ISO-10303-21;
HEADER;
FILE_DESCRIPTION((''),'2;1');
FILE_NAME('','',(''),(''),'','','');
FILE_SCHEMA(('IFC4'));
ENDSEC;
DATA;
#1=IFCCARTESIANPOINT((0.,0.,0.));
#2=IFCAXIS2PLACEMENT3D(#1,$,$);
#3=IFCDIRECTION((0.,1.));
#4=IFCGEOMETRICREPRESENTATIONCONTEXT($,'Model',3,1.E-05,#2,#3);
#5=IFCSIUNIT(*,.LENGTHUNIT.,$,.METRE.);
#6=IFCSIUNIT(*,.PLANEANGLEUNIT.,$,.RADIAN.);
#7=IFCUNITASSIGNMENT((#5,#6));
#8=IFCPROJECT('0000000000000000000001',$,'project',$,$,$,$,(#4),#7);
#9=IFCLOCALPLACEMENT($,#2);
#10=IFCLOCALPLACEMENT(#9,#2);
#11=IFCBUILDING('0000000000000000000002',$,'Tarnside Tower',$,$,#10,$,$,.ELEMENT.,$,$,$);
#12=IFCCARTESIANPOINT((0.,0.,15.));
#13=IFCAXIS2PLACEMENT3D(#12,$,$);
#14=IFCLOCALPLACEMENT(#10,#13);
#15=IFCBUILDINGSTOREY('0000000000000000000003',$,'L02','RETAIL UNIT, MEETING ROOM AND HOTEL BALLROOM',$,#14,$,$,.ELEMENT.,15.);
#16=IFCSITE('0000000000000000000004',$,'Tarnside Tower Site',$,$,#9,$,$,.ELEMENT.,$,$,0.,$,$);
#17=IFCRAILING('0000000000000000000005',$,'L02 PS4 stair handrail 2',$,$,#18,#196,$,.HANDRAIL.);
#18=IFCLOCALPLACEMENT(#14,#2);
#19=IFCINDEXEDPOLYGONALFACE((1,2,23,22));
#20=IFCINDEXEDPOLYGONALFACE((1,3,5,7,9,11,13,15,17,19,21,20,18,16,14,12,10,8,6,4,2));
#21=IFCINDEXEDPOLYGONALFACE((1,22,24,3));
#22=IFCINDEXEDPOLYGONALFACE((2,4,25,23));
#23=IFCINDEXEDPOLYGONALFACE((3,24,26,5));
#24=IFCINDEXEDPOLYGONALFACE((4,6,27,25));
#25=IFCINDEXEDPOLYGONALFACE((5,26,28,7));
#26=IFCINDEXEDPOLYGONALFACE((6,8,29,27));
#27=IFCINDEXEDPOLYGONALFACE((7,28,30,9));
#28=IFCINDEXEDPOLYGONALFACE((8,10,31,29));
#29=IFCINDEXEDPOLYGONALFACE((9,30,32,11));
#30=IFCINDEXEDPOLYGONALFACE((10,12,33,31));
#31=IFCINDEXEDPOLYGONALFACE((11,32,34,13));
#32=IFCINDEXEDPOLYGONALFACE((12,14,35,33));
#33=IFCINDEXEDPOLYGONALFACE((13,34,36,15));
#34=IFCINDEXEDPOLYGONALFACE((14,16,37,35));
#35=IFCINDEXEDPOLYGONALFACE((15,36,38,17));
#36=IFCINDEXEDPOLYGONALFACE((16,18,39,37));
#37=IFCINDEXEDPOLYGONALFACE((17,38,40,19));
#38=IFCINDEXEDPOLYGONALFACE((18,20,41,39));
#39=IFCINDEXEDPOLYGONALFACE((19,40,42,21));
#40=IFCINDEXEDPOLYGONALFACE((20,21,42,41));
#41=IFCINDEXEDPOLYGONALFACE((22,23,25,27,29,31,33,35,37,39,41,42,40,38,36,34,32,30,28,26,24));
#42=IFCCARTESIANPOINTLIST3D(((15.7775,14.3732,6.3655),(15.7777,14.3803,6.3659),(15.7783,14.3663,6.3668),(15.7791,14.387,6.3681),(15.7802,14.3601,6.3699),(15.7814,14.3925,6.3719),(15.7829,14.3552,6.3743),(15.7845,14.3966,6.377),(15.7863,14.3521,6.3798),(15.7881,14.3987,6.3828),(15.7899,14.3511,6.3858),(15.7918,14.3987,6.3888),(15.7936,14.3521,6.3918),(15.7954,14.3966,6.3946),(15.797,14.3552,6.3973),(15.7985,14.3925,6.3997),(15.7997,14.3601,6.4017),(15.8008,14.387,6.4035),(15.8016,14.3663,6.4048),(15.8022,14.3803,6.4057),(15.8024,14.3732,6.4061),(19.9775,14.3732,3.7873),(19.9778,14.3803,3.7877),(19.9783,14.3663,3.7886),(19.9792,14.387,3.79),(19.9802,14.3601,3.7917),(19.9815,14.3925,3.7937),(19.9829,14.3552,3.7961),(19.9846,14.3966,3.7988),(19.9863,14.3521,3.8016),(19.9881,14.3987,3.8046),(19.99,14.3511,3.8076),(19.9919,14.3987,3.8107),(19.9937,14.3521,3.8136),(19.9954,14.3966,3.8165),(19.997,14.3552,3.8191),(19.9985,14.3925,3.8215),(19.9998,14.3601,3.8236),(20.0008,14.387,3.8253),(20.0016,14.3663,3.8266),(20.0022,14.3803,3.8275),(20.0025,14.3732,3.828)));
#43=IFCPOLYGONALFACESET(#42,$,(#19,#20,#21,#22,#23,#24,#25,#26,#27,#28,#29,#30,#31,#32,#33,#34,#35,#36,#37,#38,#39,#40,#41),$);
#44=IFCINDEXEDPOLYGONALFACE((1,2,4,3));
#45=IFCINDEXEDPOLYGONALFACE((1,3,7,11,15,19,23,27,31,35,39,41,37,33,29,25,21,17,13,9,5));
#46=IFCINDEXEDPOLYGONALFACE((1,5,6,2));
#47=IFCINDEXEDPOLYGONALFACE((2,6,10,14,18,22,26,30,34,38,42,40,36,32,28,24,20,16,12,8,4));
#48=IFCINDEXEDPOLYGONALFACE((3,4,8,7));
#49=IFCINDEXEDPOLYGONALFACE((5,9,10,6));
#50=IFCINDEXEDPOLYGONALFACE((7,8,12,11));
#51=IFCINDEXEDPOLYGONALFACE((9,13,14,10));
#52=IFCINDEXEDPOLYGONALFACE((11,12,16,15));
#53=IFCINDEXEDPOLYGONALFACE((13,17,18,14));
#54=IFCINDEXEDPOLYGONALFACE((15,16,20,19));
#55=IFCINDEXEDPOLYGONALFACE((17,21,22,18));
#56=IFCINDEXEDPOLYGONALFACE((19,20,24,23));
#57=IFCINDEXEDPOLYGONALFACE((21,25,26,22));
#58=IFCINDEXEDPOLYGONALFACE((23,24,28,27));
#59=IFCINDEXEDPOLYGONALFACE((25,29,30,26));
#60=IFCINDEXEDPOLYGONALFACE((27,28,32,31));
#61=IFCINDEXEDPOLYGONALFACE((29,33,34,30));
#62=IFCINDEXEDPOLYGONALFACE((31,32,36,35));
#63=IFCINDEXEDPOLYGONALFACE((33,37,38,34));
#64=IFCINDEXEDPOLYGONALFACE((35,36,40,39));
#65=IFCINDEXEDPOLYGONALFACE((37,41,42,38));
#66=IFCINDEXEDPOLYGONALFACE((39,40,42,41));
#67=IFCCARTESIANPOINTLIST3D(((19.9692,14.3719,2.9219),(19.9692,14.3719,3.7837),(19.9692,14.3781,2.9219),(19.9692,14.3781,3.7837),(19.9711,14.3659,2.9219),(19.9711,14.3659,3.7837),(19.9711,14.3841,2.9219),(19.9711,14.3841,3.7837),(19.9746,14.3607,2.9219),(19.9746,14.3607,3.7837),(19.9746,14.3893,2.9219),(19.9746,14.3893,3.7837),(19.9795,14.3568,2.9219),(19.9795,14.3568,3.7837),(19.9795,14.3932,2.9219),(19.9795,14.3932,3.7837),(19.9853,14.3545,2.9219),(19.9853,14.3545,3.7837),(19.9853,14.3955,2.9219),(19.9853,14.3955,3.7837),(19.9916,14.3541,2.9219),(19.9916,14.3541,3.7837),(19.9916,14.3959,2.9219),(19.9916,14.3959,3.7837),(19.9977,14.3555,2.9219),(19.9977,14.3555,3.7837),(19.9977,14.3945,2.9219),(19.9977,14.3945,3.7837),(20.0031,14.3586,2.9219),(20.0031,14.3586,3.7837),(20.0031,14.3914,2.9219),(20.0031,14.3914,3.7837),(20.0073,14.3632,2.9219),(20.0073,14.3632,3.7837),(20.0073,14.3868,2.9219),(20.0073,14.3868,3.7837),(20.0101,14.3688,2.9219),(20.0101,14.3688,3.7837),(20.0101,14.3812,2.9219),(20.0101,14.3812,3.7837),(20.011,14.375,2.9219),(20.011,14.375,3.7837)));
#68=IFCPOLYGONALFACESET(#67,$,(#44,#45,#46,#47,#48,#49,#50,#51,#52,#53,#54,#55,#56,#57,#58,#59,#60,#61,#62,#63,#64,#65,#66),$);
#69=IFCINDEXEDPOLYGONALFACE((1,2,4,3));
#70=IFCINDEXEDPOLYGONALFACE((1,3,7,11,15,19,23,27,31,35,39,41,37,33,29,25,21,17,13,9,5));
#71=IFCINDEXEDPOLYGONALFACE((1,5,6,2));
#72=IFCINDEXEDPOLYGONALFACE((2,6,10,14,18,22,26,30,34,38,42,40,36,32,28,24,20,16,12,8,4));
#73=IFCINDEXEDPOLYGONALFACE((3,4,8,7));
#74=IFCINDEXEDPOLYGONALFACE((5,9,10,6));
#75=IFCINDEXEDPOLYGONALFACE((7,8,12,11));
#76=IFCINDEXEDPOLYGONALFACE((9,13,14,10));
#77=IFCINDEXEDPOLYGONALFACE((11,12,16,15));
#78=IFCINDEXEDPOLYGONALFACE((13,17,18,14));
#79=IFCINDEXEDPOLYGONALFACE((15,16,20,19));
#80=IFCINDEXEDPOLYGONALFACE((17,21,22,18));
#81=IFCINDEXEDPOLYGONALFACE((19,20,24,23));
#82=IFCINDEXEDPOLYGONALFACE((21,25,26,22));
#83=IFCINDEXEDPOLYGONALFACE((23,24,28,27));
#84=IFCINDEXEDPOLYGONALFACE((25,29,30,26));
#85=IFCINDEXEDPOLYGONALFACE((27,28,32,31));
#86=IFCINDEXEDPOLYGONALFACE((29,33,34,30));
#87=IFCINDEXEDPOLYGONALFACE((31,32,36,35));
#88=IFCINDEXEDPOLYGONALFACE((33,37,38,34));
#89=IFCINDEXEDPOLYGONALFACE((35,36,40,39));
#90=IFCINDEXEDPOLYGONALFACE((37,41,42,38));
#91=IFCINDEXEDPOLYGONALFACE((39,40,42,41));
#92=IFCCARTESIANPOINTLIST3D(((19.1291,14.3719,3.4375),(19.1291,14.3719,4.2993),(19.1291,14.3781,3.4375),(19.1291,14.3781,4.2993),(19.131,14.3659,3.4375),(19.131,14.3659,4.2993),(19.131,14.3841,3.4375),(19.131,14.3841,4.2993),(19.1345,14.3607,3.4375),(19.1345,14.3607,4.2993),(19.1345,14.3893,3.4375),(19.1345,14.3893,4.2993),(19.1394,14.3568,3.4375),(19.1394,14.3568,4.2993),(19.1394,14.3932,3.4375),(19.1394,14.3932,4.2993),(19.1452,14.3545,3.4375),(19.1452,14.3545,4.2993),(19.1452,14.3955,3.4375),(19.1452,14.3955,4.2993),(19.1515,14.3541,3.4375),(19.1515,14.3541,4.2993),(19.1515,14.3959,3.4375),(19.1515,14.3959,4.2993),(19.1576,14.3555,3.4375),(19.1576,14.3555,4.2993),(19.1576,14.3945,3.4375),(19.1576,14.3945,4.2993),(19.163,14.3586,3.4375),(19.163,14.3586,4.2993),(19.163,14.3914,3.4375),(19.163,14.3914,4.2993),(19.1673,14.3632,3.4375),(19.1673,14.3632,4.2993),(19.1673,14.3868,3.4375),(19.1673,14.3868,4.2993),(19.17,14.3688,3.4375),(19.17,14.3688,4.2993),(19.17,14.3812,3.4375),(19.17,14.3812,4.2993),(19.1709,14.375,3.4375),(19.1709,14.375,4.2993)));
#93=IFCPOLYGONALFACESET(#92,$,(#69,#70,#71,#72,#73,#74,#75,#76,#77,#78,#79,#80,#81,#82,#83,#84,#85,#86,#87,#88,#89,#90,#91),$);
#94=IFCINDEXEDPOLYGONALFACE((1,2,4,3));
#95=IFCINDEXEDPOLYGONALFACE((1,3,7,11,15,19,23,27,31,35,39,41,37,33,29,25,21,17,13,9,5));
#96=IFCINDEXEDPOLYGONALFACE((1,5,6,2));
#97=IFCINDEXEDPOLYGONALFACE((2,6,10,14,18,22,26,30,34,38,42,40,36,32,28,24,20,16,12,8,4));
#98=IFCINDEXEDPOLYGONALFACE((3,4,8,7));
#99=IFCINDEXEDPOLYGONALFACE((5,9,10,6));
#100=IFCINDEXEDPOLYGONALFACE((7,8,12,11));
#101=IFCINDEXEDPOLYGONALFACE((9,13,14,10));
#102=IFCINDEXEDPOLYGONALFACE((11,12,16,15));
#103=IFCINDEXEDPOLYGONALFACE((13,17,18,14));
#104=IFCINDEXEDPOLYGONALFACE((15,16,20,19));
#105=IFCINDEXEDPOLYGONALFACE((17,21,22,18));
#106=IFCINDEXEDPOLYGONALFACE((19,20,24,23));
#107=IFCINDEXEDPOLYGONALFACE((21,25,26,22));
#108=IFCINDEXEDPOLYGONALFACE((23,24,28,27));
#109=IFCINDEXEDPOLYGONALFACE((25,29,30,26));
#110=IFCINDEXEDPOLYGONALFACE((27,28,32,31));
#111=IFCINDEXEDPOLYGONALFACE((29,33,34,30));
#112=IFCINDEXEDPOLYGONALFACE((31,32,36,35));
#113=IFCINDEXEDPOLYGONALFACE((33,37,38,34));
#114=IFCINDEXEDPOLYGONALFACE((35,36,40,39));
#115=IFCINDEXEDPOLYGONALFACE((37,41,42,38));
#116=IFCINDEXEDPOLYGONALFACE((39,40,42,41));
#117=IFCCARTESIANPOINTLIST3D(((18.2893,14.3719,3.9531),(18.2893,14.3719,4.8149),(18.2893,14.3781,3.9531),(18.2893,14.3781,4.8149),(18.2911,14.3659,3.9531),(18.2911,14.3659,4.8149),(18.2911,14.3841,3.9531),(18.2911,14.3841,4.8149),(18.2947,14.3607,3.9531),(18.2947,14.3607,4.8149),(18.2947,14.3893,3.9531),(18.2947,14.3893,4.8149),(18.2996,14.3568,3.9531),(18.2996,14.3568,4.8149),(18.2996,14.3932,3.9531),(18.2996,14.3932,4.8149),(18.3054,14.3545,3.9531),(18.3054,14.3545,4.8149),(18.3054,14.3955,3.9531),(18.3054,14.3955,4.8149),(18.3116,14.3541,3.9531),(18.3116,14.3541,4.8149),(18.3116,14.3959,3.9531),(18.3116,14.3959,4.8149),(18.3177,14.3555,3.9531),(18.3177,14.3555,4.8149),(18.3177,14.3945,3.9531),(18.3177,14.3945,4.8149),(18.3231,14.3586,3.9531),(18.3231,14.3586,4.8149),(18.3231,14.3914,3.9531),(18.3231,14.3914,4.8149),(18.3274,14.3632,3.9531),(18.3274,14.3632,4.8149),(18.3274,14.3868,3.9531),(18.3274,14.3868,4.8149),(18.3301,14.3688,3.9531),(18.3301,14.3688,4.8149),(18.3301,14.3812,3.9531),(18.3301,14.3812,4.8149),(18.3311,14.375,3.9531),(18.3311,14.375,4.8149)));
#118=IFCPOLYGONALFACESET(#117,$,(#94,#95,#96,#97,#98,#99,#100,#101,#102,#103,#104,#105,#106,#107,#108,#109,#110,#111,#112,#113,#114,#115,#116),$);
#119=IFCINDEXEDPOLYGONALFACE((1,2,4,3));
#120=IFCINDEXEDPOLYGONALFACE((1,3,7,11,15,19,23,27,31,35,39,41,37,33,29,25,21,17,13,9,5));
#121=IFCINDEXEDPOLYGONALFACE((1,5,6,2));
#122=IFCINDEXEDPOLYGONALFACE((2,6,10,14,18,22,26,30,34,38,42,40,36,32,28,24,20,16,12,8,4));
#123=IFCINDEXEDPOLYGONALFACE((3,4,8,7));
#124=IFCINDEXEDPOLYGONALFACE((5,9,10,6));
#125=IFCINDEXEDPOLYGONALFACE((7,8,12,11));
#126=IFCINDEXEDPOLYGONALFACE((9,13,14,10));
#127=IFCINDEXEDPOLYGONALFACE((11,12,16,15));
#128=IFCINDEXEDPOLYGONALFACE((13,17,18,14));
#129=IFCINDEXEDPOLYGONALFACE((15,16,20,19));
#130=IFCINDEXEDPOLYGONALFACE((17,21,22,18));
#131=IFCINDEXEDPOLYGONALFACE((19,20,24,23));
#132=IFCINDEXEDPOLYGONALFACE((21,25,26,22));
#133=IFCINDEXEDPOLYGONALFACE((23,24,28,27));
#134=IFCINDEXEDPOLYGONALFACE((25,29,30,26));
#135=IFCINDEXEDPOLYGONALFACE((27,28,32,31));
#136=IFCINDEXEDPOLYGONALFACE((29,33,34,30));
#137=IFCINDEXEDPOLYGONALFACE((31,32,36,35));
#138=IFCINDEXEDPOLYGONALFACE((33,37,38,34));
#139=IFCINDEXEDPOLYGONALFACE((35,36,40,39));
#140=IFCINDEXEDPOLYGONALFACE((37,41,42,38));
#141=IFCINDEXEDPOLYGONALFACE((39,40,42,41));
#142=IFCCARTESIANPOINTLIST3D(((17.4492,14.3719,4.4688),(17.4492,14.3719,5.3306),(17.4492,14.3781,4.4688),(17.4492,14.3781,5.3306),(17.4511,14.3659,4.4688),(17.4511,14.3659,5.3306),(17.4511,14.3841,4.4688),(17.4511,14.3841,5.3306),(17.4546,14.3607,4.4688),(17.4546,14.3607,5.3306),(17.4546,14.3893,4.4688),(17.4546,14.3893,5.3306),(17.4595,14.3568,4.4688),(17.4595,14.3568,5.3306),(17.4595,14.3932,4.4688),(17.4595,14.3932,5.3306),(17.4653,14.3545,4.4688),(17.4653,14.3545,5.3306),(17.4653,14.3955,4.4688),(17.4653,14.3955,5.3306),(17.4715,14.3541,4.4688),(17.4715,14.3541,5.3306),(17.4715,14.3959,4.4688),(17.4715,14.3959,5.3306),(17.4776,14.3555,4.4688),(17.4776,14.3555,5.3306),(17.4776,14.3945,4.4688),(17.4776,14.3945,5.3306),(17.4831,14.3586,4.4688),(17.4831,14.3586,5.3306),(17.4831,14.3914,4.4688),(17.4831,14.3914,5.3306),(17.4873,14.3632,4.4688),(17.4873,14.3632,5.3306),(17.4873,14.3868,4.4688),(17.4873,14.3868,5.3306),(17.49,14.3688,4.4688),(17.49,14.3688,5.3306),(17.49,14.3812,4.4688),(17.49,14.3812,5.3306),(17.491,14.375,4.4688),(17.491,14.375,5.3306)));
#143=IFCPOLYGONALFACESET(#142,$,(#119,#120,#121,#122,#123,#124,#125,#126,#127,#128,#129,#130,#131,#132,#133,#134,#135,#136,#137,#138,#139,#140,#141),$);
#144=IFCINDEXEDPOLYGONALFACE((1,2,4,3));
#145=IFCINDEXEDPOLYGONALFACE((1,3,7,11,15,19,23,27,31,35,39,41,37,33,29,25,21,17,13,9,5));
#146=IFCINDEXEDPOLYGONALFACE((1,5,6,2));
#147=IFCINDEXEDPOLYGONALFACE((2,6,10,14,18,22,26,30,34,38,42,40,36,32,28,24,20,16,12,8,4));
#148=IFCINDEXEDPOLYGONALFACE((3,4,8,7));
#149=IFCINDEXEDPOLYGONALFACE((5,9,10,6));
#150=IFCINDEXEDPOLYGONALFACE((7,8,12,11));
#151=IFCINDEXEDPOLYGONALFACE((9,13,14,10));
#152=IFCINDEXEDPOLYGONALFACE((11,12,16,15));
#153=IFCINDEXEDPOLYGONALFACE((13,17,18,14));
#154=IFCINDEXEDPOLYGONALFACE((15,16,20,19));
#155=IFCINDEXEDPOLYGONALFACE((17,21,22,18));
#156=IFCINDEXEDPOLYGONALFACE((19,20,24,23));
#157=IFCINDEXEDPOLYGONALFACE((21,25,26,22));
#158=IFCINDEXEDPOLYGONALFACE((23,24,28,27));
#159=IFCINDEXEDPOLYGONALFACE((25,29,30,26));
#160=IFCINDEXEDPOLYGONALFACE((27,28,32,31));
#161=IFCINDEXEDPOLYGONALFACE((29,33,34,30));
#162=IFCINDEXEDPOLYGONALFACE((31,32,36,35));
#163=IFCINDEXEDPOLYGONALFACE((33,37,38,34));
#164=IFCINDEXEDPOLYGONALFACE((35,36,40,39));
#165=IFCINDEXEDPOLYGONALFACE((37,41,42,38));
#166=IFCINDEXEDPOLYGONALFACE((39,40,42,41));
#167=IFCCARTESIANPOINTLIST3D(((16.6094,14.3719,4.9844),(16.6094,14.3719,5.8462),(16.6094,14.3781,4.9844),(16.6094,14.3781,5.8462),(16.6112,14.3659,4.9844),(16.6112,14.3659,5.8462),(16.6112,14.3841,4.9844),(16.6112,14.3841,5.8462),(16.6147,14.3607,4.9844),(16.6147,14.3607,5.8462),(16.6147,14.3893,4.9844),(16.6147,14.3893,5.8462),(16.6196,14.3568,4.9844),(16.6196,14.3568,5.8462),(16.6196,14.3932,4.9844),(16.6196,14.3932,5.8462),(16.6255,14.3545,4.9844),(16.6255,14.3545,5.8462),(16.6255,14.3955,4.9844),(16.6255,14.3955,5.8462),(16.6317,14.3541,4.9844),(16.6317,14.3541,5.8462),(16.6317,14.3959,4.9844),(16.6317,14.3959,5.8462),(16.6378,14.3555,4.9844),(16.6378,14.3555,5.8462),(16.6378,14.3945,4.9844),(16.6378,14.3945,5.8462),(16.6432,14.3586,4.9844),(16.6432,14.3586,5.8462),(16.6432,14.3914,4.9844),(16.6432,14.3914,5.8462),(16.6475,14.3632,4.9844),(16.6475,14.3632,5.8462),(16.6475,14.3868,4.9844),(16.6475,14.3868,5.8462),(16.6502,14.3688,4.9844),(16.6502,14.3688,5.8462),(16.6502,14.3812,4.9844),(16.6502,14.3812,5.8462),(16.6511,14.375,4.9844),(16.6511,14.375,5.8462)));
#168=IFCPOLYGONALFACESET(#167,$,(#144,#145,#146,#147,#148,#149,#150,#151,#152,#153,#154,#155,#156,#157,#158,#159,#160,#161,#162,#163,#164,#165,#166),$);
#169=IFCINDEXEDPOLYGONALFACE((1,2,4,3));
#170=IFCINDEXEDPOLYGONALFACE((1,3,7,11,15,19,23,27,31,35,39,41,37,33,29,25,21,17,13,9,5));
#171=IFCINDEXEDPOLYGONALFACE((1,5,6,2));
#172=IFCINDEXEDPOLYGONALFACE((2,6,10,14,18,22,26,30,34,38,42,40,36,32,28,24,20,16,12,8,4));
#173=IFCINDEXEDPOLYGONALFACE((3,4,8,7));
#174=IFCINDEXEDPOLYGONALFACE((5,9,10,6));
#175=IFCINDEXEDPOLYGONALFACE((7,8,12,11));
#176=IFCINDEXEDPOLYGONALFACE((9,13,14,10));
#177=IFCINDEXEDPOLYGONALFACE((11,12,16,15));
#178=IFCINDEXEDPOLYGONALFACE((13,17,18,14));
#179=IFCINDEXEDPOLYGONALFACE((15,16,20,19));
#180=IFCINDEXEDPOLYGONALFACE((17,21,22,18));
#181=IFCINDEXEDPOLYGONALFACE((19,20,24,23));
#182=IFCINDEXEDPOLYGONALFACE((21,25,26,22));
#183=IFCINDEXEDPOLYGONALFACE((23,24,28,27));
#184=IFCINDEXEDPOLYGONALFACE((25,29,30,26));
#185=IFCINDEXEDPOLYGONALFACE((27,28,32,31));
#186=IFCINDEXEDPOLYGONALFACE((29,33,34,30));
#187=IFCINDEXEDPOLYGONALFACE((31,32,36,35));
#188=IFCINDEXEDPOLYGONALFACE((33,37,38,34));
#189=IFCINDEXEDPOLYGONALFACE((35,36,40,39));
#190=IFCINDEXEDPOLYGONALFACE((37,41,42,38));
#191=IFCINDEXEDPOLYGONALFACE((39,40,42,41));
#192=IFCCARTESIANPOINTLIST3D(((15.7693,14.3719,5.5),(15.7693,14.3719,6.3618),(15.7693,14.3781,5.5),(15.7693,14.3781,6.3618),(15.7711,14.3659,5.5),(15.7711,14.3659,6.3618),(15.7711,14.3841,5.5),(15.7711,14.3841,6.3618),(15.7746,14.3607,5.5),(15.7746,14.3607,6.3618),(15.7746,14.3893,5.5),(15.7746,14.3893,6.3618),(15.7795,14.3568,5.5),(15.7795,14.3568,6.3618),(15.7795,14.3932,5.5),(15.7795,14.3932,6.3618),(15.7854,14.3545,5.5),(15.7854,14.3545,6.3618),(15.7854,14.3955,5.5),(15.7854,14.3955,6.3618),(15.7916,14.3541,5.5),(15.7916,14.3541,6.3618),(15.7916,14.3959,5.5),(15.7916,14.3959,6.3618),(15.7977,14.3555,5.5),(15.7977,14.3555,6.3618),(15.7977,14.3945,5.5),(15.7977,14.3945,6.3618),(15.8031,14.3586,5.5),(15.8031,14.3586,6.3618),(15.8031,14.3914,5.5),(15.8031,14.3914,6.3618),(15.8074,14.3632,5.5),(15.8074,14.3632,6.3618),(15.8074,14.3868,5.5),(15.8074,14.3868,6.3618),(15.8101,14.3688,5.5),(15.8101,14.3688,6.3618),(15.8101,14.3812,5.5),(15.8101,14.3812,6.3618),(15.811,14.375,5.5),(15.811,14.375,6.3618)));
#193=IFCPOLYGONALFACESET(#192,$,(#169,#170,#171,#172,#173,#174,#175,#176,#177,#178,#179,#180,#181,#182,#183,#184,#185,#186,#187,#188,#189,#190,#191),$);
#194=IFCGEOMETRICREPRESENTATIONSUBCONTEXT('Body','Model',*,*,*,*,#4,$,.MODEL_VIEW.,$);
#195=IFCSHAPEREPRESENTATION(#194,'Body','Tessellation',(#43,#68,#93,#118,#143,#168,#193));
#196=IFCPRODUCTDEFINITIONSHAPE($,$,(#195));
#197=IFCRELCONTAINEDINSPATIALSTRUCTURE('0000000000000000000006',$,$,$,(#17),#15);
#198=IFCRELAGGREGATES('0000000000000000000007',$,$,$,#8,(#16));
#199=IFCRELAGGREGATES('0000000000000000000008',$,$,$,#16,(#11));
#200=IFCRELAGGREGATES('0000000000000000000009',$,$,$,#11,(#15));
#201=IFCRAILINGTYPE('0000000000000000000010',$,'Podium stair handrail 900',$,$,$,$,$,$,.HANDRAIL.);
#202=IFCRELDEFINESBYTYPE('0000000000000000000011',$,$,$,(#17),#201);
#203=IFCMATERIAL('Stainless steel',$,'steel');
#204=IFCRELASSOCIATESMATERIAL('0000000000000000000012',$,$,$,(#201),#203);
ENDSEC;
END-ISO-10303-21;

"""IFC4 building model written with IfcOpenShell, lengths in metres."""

from ifc_helpers import new_model, si_unit, direction, frame, origin, origin_2d, place, context, subcontext, project, spatial, circle, extrude, material, type_object, element, save


model = new_model("IFC4")

# Units and contexts
model_context = context("Model", 3, precision=1e-05, world=origin(), true_north=direction((0.0, 1.0)))
body_context = subcontext(model_context, "Body", "Model", "MODEL_VIEW")
ifc_project = project(units=[si_unit("LENGTHUNIT", "METRE"), si_unit("PLANEANGLEUNIT", "RADIAN")], contexts=[model_context])

# Site, building, storey
site_placement = place(None, origin())
site = spatial("IfcSite", under=ifc_project, at=site_placement, Name="Tarnside Tower Site", CompositionType="ELEMENT", RefElevation=0.0)
building_placement = place(site_placement, origin())
building = spatial("IfcBuilding", under=site, at=building_placement, Name="Tarnside Tower", CompositionType="ELEMENT")
storey_placement = place(building_placement, frame((0.0, 0.0, 15.0)))
storey = spatial("IfcBuildingStorey", under=building, at=storey_placement, Name="L02", Description="RETAIL UNIT, MEETING ROOM AND HOTEL BALLROOM", CompositionType="ELEMENT", Elevation=15.0)

# Railing
ifc_material_1 = material(Name="Stainless steel", Category="steel")
railing_type_1 = type_object("IfcRailingType", Name="Podium stair handrail 900", PredefinedType="HANDRAIL", material=ifc_material_1)
railing_1_placement = place(storey_placement, frame((19.99, 14.375, 2.9219)))
element("IfcRailing", 1, at=railing_1_placement, inside=storey, type_object=railing_type_1, Name="L02 PS4 stair handrail 2", PredefinedType="HANDRAIL", context=body_context, shape_type="SweptSolid", body=[
    extrude(circle(Radius=0.0239, at=origin_2d()), frame((0.0, 0.0, 0.8857), z_axis=(-0.852243, 0.0, 0.523146), x_axis=(0.0, -1.0, 0.0)), (0.0, 0.0, 1.0), 4.9282),
    extrude(circle(Radius=0.021, at=origin_2d()), origin(), (0.0, 0.0, 1.0), 0.8618),
    extrude(circle(Radius=0.021, at=origin_2d()), frame((-0.8401, 0.0, 0.5156)), (0.0, 0.0, 1.0), 0.8618),
    extrude(circle(Radius=0.021, at=origin_2d()), frame((-1.6799, 0.0, 1.0312)), (0.0, 0.0, 1.0), 0.8618),
    extrude(circle(Radius=0.021, at=origin_2d()), frame((-2.52, 0.0, 1.5469)), (0.0, 0.0, 1.0), 0.8618),
    extrude(circle(Radius=0.021, at=origin_2d()), frame((-3.3599, 0.0, 2.0625)), (0.0, 0.0, 1.0), 0.8618),
    extrude(circle(Radius=0.021, at=origin_2d()), frame((-4.2, 0.0, 2.5781)), (0.0, 0.0, 1.0), 0.8618),
])

save(model, "model.ifc")
